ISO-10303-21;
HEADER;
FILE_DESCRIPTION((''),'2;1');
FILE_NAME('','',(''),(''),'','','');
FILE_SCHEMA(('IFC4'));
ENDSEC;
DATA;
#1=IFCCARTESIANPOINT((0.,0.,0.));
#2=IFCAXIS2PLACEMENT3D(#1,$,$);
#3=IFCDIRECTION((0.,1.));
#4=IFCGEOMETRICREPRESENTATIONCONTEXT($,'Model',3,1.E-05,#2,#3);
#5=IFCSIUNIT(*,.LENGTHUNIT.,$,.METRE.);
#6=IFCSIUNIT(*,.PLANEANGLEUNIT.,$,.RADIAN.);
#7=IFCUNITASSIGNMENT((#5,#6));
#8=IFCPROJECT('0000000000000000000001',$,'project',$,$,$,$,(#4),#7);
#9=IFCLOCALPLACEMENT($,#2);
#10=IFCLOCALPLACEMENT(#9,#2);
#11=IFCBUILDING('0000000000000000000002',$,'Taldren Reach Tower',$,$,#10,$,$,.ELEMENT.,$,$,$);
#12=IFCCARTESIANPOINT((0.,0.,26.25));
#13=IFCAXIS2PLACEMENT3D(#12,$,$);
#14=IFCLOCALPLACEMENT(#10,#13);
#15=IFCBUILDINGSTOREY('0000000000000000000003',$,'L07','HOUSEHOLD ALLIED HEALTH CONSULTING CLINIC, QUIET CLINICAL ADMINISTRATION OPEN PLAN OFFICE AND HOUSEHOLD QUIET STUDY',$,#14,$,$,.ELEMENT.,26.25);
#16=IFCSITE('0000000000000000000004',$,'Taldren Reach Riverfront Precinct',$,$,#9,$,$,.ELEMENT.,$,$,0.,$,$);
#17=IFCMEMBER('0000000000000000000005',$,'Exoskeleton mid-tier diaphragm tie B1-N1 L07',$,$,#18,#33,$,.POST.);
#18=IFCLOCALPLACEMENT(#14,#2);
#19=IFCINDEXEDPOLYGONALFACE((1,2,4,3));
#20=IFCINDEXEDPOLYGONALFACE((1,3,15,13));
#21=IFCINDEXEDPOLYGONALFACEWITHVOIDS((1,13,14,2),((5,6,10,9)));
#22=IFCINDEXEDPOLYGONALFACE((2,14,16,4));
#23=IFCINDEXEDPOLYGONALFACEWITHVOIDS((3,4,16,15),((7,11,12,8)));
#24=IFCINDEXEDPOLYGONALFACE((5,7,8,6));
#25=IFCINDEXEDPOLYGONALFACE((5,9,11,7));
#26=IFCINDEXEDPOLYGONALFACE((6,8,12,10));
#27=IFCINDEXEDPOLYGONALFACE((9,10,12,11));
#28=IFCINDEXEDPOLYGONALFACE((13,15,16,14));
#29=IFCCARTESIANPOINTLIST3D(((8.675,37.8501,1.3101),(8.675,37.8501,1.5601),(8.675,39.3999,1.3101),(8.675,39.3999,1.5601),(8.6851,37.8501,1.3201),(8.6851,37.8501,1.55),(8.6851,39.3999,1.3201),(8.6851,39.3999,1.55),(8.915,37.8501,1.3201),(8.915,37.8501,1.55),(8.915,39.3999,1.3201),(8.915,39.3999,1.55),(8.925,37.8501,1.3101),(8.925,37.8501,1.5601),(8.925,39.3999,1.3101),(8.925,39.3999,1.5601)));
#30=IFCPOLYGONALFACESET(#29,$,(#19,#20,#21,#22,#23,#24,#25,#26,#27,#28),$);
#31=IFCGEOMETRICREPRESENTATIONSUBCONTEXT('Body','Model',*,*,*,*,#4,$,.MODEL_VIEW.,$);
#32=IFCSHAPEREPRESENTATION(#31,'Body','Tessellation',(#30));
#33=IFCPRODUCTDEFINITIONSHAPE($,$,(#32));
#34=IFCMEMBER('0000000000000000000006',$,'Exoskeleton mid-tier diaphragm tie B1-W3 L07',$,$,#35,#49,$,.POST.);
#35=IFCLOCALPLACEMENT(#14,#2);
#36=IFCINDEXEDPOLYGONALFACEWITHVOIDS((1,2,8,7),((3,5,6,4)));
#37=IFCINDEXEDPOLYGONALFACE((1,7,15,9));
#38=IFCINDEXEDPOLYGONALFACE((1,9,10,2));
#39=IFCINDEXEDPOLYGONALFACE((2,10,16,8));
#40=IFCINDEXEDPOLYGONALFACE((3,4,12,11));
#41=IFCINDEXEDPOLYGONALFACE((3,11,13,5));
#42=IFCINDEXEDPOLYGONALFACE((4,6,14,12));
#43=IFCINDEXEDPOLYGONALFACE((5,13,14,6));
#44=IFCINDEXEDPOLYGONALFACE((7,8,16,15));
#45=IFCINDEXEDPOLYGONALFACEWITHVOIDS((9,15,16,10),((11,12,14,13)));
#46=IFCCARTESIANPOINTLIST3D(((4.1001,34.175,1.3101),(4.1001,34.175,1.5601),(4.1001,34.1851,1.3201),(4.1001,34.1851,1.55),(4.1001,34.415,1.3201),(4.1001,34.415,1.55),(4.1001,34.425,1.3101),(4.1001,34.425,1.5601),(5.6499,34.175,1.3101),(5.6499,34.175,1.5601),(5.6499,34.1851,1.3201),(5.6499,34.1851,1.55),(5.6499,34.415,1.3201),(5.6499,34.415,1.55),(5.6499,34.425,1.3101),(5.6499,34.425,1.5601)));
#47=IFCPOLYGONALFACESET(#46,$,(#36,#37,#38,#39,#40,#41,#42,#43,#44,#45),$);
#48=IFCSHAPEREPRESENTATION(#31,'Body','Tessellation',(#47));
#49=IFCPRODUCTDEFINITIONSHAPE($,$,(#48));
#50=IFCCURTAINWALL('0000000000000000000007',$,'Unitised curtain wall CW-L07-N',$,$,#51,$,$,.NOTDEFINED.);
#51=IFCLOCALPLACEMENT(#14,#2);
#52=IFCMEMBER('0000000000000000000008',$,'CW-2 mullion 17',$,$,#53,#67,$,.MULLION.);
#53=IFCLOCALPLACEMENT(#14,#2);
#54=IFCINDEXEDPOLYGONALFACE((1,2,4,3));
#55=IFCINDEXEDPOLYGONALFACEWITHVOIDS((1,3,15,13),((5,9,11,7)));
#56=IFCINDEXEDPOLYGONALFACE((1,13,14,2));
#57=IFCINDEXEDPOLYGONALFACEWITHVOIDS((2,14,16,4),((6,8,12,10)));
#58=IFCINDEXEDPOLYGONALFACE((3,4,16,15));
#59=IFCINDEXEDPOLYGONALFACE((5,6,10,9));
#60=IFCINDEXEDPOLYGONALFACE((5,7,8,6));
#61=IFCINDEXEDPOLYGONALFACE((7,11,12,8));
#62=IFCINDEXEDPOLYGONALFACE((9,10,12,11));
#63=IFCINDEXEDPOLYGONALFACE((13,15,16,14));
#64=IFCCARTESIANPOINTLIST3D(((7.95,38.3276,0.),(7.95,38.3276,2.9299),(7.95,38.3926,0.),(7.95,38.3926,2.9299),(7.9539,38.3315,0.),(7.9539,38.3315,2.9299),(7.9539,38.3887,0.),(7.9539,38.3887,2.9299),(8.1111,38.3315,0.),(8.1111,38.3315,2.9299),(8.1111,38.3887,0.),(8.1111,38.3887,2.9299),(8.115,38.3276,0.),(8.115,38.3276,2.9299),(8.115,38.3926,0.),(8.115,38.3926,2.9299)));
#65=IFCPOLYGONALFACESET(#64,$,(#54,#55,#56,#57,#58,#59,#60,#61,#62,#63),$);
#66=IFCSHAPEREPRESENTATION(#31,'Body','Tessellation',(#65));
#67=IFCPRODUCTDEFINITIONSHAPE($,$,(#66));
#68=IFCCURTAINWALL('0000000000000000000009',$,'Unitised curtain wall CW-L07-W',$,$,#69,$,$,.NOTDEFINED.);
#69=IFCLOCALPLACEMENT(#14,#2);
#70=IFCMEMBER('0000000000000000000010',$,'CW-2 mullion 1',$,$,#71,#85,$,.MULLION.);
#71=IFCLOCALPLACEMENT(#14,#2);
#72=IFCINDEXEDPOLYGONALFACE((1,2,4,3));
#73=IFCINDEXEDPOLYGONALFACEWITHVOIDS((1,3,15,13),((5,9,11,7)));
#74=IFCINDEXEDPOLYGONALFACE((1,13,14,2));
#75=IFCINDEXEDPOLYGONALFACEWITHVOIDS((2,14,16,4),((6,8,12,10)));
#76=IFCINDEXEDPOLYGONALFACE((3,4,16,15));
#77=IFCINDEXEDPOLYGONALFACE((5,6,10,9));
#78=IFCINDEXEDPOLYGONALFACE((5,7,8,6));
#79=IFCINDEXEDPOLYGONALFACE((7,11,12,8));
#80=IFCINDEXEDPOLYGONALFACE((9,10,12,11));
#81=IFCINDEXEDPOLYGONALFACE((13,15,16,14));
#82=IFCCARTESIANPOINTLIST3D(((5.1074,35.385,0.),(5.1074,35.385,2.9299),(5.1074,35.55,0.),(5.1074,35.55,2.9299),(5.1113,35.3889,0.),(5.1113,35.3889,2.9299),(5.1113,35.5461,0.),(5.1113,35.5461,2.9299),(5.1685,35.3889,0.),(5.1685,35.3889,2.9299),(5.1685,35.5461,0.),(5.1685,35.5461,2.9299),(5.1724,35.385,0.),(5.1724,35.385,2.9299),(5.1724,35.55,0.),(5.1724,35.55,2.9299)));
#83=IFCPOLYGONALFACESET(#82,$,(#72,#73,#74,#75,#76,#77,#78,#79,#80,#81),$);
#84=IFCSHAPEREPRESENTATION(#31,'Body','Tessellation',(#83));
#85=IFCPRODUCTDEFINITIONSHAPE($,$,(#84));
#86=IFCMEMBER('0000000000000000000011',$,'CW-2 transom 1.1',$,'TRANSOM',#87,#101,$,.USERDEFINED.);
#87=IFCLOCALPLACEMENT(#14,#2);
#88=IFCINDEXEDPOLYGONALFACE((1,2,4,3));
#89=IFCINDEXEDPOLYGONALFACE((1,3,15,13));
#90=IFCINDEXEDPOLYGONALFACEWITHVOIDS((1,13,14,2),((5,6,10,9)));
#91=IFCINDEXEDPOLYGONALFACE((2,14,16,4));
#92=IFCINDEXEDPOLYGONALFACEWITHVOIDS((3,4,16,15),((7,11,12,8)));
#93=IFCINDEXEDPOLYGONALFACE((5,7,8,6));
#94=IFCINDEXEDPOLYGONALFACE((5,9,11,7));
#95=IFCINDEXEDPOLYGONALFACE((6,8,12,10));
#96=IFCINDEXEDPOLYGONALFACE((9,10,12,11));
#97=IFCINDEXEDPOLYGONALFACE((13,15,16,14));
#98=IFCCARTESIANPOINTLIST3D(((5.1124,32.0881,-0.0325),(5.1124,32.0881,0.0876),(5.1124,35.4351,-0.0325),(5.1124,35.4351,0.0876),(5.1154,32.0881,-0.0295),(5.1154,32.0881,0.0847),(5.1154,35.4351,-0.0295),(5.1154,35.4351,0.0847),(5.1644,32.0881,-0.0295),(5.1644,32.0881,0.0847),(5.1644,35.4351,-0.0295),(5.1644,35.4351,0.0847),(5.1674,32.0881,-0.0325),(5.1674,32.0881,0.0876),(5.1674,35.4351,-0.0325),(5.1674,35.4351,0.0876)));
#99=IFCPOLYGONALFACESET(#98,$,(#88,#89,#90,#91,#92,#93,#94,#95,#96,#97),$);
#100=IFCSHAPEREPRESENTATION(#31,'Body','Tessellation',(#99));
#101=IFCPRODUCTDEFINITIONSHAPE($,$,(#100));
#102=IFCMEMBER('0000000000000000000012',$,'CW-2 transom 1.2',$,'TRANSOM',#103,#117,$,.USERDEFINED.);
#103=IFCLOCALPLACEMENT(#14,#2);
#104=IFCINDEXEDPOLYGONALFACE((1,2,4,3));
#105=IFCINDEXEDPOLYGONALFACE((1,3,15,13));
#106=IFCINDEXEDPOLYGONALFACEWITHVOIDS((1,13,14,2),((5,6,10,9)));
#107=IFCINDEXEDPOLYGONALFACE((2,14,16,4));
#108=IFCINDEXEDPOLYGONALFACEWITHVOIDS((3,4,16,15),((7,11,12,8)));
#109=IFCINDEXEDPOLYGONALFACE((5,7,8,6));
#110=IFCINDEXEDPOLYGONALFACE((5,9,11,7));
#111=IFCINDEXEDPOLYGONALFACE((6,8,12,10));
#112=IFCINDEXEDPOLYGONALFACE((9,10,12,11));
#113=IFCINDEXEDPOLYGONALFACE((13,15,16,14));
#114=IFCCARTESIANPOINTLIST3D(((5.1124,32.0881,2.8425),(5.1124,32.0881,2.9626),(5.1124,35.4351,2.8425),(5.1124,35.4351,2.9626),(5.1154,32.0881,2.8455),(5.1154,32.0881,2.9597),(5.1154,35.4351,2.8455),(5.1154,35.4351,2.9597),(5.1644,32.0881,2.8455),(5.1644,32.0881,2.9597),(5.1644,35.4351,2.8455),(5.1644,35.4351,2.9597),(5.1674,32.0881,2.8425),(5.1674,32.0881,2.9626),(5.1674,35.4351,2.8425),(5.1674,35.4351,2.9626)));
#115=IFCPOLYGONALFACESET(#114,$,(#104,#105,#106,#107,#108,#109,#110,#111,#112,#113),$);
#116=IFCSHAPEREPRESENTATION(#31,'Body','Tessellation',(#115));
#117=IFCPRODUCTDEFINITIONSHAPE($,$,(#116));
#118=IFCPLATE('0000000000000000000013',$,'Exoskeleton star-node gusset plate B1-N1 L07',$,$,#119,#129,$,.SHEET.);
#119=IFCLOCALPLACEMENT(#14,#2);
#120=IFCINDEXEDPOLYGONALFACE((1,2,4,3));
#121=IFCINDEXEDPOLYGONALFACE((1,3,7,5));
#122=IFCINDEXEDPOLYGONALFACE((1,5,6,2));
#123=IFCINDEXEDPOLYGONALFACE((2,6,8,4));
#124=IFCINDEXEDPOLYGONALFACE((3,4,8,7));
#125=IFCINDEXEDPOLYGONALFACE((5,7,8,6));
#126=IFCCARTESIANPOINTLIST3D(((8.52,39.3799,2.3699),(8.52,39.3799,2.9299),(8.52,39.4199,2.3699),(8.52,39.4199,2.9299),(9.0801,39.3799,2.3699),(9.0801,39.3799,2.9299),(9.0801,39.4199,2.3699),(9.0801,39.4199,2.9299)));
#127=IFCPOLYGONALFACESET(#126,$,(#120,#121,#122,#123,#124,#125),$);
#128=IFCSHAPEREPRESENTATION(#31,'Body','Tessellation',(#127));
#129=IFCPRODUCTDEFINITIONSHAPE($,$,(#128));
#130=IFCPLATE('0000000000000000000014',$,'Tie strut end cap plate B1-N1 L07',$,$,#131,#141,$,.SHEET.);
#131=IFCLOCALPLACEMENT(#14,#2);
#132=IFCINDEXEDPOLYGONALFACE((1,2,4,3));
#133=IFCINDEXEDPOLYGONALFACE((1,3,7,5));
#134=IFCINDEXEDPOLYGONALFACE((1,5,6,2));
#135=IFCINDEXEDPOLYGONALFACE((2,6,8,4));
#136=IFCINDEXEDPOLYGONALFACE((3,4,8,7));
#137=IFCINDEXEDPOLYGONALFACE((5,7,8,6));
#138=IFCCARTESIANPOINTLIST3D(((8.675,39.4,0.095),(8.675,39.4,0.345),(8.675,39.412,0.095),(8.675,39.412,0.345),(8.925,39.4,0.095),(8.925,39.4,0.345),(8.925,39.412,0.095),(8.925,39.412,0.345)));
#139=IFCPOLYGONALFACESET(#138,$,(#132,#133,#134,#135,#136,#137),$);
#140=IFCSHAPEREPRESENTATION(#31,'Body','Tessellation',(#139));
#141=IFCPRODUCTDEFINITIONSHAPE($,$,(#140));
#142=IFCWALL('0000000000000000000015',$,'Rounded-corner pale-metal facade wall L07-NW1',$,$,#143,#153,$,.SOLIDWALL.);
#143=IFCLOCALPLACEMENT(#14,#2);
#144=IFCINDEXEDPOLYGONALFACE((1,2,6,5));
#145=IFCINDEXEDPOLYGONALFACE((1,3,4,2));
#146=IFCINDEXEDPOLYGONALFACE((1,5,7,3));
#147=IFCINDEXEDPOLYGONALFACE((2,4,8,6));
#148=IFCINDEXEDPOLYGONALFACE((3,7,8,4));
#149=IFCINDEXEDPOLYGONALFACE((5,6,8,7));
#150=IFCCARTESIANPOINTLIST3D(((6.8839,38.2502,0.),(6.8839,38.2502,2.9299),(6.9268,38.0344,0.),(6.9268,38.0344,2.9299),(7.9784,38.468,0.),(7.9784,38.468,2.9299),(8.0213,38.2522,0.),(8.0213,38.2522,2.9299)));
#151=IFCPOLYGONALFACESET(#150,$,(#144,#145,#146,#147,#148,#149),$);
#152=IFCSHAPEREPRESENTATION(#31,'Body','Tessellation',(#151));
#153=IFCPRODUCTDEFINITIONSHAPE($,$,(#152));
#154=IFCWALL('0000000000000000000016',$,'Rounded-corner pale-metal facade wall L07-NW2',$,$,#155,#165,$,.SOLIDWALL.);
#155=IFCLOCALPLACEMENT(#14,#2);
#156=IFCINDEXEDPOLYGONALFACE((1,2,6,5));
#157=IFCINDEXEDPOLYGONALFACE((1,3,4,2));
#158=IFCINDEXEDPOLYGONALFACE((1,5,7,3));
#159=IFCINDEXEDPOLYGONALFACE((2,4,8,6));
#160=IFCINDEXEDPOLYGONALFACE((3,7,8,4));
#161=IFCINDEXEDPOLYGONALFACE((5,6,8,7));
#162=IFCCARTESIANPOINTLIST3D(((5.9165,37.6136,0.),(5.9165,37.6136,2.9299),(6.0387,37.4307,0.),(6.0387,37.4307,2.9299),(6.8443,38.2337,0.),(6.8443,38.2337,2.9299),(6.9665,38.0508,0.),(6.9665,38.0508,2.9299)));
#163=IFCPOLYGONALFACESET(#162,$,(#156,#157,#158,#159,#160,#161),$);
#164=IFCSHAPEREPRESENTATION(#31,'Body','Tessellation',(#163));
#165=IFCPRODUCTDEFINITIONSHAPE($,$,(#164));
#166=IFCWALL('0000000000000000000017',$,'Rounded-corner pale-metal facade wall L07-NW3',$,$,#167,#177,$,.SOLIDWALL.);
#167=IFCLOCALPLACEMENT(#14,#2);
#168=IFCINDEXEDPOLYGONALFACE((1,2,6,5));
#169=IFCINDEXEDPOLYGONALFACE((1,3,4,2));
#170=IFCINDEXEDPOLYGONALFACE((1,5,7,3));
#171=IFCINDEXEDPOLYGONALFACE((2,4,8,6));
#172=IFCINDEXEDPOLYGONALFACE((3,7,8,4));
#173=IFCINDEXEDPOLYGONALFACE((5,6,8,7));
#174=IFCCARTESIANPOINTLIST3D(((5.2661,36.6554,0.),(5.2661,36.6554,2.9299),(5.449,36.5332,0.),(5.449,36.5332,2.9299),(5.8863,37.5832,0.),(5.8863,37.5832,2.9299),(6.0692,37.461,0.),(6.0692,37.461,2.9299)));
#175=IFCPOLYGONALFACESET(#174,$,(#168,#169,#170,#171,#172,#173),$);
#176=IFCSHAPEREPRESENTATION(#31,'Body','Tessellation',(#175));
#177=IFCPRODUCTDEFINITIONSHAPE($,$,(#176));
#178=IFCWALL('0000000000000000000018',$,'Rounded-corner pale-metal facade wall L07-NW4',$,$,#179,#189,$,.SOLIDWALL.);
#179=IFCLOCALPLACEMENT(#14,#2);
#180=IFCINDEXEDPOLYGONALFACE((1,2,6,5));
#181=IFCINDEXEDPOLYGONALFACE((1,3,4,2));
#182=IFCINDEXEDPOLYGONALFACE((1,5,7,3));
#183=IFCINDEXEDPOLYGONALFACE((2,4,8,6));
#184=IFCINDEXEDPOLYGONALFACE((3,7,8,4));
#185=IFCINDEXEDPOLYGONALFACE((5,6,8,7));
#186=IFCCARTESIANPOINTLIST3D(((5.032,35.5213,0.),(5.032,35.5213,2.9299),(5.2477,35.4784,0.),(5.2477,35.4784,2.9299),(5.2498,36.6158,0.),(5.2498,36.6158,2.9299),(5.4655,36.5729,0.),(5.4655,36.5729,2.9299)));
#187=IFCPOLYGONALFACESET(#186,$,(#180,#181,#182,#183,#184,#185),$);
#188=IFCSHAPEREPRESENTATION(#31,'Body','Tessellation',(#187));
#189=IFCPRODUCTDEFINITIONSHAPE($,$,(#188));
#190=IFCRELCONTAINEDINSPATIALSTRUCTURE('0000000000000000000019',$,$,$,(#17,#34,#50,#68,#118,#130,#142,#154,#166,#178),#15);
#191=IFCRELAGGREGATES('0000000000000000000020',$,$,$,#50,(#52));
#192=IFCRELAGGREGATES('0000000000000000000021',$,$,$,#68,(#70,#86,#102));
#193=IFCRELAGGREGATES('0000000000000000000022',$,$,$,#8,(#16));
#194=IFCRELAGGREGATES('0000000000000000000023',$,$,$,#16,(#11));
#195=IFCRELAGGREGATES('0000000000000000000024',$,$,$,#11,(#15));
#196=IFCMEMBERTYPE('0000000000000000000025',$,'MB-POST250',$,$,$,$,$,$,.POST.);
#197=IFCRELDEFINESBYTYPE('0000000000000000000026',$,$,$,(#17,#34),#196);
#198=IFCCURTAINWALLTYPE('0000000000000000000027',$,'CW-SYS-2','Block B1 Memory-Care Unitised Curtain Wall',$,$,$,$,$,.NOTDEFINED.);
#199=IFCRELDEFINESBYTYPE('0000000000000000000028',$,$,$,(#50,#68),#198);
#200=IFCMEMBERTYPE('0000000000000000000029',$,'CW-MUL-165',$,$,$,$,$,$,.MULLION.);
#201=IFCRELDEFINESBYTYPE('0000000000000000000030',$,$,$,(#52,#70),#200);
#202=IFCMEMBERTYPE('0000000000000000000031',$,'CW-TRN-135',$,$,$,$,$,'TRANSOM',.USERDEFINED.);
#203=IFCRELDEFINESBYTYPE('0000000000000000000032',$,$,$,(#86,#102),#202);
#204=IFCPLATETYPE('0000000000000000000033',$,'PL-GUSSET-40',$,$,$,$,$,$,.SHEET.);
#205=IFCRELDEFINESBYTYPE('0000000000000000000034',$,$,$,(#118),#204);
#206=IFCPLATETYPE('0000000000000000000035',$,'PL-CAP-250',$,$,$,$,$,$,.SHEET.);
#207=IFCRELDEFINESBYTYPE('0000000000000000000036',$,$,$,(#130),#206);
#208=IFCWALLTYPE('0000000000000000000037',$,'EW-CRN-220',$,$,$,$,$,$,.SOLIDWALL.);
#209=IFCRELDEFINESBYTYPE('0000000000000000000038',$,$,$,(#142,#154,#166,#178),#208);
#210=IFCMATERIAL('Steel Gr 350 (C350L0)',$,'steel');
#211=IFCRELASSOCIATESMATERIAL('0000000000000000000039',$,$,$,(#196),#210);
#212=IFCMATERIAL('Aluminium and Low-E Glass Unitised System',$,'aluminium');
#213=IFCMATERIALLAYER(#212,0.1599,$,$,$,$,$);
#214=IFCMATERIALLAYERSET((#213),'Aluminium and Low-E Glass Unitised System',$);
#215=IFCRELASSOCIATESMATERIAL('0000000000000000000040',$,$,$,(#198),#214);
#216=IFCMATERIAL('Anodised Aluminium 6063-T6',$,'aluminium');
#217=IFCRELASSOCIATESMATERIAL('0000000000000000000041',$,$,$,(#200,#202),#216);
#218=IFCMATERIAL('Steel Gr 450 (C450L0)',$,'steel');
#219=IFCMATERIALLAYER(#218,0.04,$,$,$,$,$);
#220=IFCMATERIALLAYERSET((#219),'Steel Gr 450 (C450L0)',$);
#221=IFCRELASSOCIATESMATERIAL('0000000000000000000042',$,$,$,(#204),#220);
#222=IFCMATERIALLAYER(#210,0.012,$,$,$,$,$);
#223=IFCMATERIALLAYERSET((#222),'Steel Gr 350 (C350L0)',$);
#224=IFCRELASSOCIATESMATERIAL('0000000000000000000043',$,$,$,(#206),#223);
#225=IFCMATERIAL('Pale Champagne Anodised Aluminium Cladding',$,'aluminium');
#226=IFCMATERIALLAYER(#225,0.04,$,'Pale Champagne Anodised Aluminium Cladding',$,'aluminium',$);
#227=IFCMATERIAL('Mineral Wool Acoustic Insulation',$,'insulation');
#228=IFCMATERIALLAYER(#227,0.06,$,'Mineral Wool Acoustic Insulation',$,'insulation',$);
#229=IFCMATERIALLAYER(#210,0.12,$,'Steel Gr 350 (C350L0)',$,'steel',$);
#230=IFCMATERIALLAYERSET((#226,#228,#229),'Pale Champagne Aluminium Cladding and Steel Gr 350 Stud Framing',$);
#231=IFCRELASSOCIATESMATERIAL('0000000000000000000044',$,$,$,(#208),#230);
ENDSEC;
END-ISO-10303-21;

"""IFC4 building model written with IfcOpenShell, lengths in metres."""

from ifc_helpers import new_model, si_unit, direction, frame, frame_2d, origin, origin_2d, place, context, subcontext, project, spatial, rectangle, hollow_rectangle, extrude, source, transform, mapped, material, layer, layer_set, material_profile, profile_set, type_object, element, aggregate, save


model = new_model("IFC4")

# Units and contexts
model_context = context("Model", 3, precision=1e-05, world=origin(), true_north=direction((0.0, 1.0)))
body_context = subcontext(model_context, "Body", "Model", "MODEL_VIEW")
ifc_project = project(units=[si_unit("LENGTHUNIT", "METRE"), si_unit("PLANEANGLEUNIT", "RADIAN")], contexts=[model_context])

# Site, building, storey
site_placement = place(None, origin())
site = spatial("IfcSite", under=ifc_project, at=site_placement, Name="Taldren Reach Riverfront Precinct", CompositionType="ELEMENT", RefElevation=0.0)
building_placement = place(site_placement, origin())
building = spatial("IfcBuilding", under=site, at=building_placement, Name="Taldren Reach Tower", CompositionType="ELEMENT")
storey_placement = place(building_placement, frame((0.0, 0.0, 26.25)))
storey = spatial("IfcBuildingStorey", under=building, at=storey_placement, Name="L07", Description="HOUSEHOLD ALLIED HEALTH CONSULTING CLINIC, QUIET CLINICAL ADMINISTRATION OPEN PLAN OFFICE AND HOUSEHOLD QUIET STUDY", CompositionType="ELEMENT", Elevation=26.25)

# Members
ifc_material_1 = material(Name="Steel Gr 450 (C450L0)", Category="steel")
ifc_material_2 = material(Name="Steel Gr 350 (C350L0)", Category="steel")
ifc_material_profile_1 = material_profile(ifc_material_2, hollow_rectangle(XDim=0.25, YDim=0.25, WallThickness=0.01, at=origin_2d()), Name="250x250x10.0SHS")
ifc_profile_set_1 = profile_set([ifc_material_profile_1], Name="Steel Gr 350 (C350L0)")
member_type_1 = type_object("IfcMemberType", Name="MB-POST250", PredefinedType="POST", material=ifc_profile_set_1)
shared_shape_1 = source(origin(), body_context, "Body", "SweptSolid", [
    extrude(hollow_rectangle(XDim=0.25, YDim=0.25, WallThickness=0.01, at=origin_2d()), origin(), (0.0, 0.0, 1.0), 1.5498),
])
for number, where, z_axis, x_axis, name in (
    (1, (8.8, 37.8501, 1.4351), (0.0, 1.0, 0.0), (-1.0, 0.0, 0.0), "Exoskeleton mid-tier diaphragm tie B1-N1 L07"),
    (2, (5.6499, 34.3, 1.4351), (-1.0, 0.0, 0.0), (0.0, -1.0, 0.0), "Exoskeleton mid-tier diaphragm tie B1-W3 L07"),
):
    element("IfcMember", number, at=place(storey_placement, frame(where, z_axis=z_axis, x_axis=x_axis)), inside=storey, type_object=member_type_1, Name=name, PredefinedType="POST", context=body_context, shape_type="MappedRepresentation", body=[
        mapped(shared_shape_1, transform((0.0, 0.0, 0.0), scale=1.0)),
    ])

# Curtain wall, member
ifc_material_3 = material(Name="Aluminium and Low-E Glass Unitised System", Category="aluminium")
ifc_layer_1 = layer(ifc_material_3, 0.1599)
ifc_layer_set_1 = layer_set([ifc_layer_1], Name="Aluminium and Low-E Glass Unitised System")
curtain_wall_type = type_object("IfcCurtainWallType", Name="CW-SYS-2", Description="Block B1 Memory-Care Unitised Curtain Wall", PredefinedType="NOTDEFINED", material=ifc_layer_set_1)
curtain_wall_1_placement = place(storey_placement, origin())
curtain_wall_1 = element("IfcCurtainWall", 3, at=curtain_wall_1_placement, inside=storey, type_object=curtain_wall_type, Name="Unitised curtain wall CW-L07-N", PredefinedType="NOTDEFINED")
ifc_material_4 = material(Name="Anodised Aluminium 6063-T6", Category="aluminium")
ifc_material_profile_2 = material_profile(ifc_material_4, hollow_rectangle(XDim=0.0649, YDim=0.165, WallThickness=0.0039, at=origin_2d()), Name="ALU-165x65x4RHS")
ifc_profile_set_2 = profile_set([ifc_material_profile_2], Name="Anodised Aluminium 6063-T6")
member_type_2 = type_object("IfcMemberType", Name="CW-MUL-165", PredefinedType="MULLION", material=ifc_profile_set_2)
shared_shape_2 = source(origin(), body_context, "Body", "SweptSolid", [
    extrude(hollow_rectangle(XDim=0.0649, YDim=0.165, WallThickness=0.0039, at=origin_2d()), origin(), (0.0, 0.0, 1.0), 2.9299),
])
member_1_placement = place(storey_placement, frame((8.0325, 38.3601, 0.0), z_axis=(0.0, 0.0, 1.0), x_axis=(0.0, -1.0, 0.0)))
member_1 = element("IfcMember", 4, at=member_1_placement, type_object=member_type_2, Name="CW-2 mullion 17", PredefinedType="MULLION", context=body_context, shape_type="MappedRepresentation", body=[
    mapped(shared_shape_2, transform((0.0, 0.0, 0.0), scale=1.0)),
])
aggregate(curtain_wall_1, [member_1])

# Curtain wall, members
curtain_wall_2_placement = place(storey_placement, origin())
curtain_wall_2 = element("IfcCurtainWall", 5, at=curtain_wall_2_placement, inside=storey, type_object=curtain_wall_type, Name="Unitised curtain wall CW-L07-W", PredefinedType="NOTDEFINED")
member_2_placement = place(storey_placement, frame((5.1399, 35.4675, 0.0), z_axis=(0.0, 0.0, 1.0), x_axis=(1.0, 0.0, 0.0)))
member_2 = element("IfcMember", 6, at=member_2_placement, type_object=member_type_2, Name="CW-2 mullion 1", PredefinedType="MULLION", context=body_context, shape_type="MappedRepresentation", body=[
    mapped(shared_shape_2, transform((0.0, 0.0, 0.0), scale=1.0)),
])
ifc_material_profile_3 = material_profile(ifc_material_4, hollow_rectangle(XDim=0.0549, YDim=0.1201, WallThickness=0.0029, at=origin_2d()), Name="ALU-120x55x3RHS")
ifc_profile_set_3 = profile_set([ifc_material_profile_3], Name="Anodised Aluminium 6063-T6")
member_type_3 = type_object("IfcMemberType", Name="CW-TRN-135", ElementType="TRANSOM", PredefinedType="USERDEFINED", material=ifc_profile_set_3)
shared_shape_3 = source(origin(), body_context, "Body", "SweptSolid", [
    extrude(hollow_rectangle(XDim=0.0549, YDim=0.1201, WallThickness=0.0029, at=origin_2d()), origin(), (0.0, 0.0, 1.0), 3.3469),
])
member_3_placement = place(storey_placement, frame((5.1399, 35.4351, 0.0276), z_axis=(0.0, -1.0, 0.0), x_axis=(1.0, 0.0, 0.0)))
member_3 = element("IfcMember", 7, at=member_3_placement, type_object=member_type_3, Name="CW-2 transom 1.1", ObjectType="TRANSOM", PredefinedType="USERDEFINED", context=body_context, shape_type="MappedRepresentation", body=[
    mapped(shared_shape_3, transform((0.0, 0.0, 0.0), scale=1.0)),
])
member_4_placement = place(storey_placement, frame((5.1399, 35.4351, 2.9026), z_axis=(0.0, -1.0, 0.0), x_axis=(1.0, 0.0, 0.0)))
member_4 = element("IfcMember", 8, at=member_4_placement, type_object=member_type_3, Name="CW-2 transom 1.2", ObjectType="TRANSOM", PredefinedType="USERDEFINED", context=body_context, shape_type="MappedRepresentation", body=[
    mapped(shared_shape_3, transform((0.0, 0.0, 0.0), scale=1.0)),
])
aggregate(curtain_wall_2, [member_2, member_3, member_4])

# Plates
ifc_layer_2 = layer(ifc_material_1, 0.04)
ifc_layer_set_2 = layer_set([ifc_layer_2], Name="Steel Gr 450 (C450L0)")
plate_type_1 = type_object("IfcPlateType", Name="PL-GUSSET-40", PredefinedType="SHEET", material=ifc_layer_set_2)
shared_shape_4 = source(origin(), body_context, "Body", "SweptSolid", [
    extrude(rectangle(XDim=0.5601, YDim=0.04, at=origin_2d()), origin(), (0.0, 0.0, 1.0), 0.5601),
])
plate_1_placement = place(storey_placement, frame((8.8, 39.3999, 2.3699), z_axis=(0.0, 0.0, 1.0), x_axis=(1.0, 0.0, 0.0)))
element("IfcPlate", 9, at=plate_1_placement, inside=storey, type_object=plate_type_1, Name="Exoskeleton star-node gusset plate B1-N1 L07", PredefinedType="SHEET", context=body_context, shape_type="MappedRepresentation", body=[
    mapped(shared_shape_4, transform((0.0, 0.0, 0.0), scale=1.0)),
])
ifc_layer_3 = layer(ifc_material_2, 0.012)
ifc_layer_set_3 = layer_set([ifc_layer_3], Name="Steel Gr 350 (C350L0)")
plate_type_2 = type_object("IfcPlateType", Name="PL-CAP-250", PredefinedType="SHEET", material=ifc_layer_set_3)
shared_shape_5 = source(origin(), body_context, "Body", "SweptSolid", [
    extrude(rectangle(XDim=0.25, YDim=0.012, at=origin_2d()), origin(), (0.0, 0.0, 1.0), 0.25),
])
plate_2_placement = place(storey_placement, frame((8.8, 39.406, 0.095), z_axis=(0.0, 0.0, 1.0), x_axis=(1.0, 0.0, 0.0)))
element("IfcPlate", 10, at=plate_2_placement, inside=storey, type_object=plate_type_2, Name="Tie strut end cap plate B1-N1 L07", PredefinedType="SHEET", context=body_context, shape_type="MappedRepresentation", body=[
    mapped(shared_shape_5, transform((0.0, 0.0, 0.0), scale=1.0)),
])

# Walls
ifc_material_5 = material(Name="Pale Champagne Anodised Aluminium Cladding", Category="aluminium")
ifc_layer_4 = layer(ifc_material_5, 0.04, Name="Pale Champagne Anodised Aluminium Cladding", Category="aluminium")
ifc_material_6 = material(Name="Mineral Wool Acoustic Insulation", Category="insulation")
ifc_layer_5 = layer(ifc_material_6, 0.06, Name="Mineral Wool Acoustic Insulation", Category="insulation")
ifc_layer_6 = layer(ifc_material_2, 0.12, Name="Steel Gr 350 (C350L0)", Category="steel")
ifc_layer_set_4 = layer_set([ifc_layer_4, ifc_layer_5, ifc_layer_6], Name="Pale Champagne Aluminium Cladding and Steel Gr 350 Stud Framing")
wall_type = type_object("IfcWallType", Name="EW-CRN-220", PredefinedType="SOLIDWALL", material=ifc_layer_set_4)
shared_shape_6 = source(origin(), body_context, "Body", "SweptSolid", [
    extrude(rectangle(XDim=1.116, YDim=0.22, at=frame_2d((0.5581, 0.0))), origin(), (0.0, 0.0, 1.0), 2.9299),
])
for number, where, z_axis, x_axis, name in (
    (11, (8.0, 38.3601, 0.0), (0.0, 0.0, 1.0), (-0.980774, -0.195148, 0.0), "Rounded-corner pale-metal facade wall L07-NW1"),
    (12, (6.9055, 38.1423, 0.0), (0.0, 0.0, 1.0), (-0.831377, -0.55571, 0.0), "Rounded-corner pale-metal facade wall L07-NW2"),
    (13, (5.9778, 37.5222, 0.0), (0.0, 0.0, 1.0), (-0.55571, -0.831377, 0.0), "Rounded-corner pale-metal facade wall L07-NW3"),
    (14, (5.3577, 36.5945, 0.0), (0.0, 0.0, 1.0), (-0.195148, -0.980774, 0.0), "Rounded-corner pale-metal facade wall L07-NW4"),
):
    element("IfcWall", number, at=place(storey_placement, frame(where, z_axis=z_axis, x_axis=x_axis)), inside=storey, type_object=wall_type, Name=name, PredefinedType="SOLIDWALL", context=body_context, shape_type="MappedRepresentation", body=[
        mapped(shared_shape_6, transform((0.0, 0.0, 0.0), scale=1.0)),
    ])

save(model, "model.ifc")
